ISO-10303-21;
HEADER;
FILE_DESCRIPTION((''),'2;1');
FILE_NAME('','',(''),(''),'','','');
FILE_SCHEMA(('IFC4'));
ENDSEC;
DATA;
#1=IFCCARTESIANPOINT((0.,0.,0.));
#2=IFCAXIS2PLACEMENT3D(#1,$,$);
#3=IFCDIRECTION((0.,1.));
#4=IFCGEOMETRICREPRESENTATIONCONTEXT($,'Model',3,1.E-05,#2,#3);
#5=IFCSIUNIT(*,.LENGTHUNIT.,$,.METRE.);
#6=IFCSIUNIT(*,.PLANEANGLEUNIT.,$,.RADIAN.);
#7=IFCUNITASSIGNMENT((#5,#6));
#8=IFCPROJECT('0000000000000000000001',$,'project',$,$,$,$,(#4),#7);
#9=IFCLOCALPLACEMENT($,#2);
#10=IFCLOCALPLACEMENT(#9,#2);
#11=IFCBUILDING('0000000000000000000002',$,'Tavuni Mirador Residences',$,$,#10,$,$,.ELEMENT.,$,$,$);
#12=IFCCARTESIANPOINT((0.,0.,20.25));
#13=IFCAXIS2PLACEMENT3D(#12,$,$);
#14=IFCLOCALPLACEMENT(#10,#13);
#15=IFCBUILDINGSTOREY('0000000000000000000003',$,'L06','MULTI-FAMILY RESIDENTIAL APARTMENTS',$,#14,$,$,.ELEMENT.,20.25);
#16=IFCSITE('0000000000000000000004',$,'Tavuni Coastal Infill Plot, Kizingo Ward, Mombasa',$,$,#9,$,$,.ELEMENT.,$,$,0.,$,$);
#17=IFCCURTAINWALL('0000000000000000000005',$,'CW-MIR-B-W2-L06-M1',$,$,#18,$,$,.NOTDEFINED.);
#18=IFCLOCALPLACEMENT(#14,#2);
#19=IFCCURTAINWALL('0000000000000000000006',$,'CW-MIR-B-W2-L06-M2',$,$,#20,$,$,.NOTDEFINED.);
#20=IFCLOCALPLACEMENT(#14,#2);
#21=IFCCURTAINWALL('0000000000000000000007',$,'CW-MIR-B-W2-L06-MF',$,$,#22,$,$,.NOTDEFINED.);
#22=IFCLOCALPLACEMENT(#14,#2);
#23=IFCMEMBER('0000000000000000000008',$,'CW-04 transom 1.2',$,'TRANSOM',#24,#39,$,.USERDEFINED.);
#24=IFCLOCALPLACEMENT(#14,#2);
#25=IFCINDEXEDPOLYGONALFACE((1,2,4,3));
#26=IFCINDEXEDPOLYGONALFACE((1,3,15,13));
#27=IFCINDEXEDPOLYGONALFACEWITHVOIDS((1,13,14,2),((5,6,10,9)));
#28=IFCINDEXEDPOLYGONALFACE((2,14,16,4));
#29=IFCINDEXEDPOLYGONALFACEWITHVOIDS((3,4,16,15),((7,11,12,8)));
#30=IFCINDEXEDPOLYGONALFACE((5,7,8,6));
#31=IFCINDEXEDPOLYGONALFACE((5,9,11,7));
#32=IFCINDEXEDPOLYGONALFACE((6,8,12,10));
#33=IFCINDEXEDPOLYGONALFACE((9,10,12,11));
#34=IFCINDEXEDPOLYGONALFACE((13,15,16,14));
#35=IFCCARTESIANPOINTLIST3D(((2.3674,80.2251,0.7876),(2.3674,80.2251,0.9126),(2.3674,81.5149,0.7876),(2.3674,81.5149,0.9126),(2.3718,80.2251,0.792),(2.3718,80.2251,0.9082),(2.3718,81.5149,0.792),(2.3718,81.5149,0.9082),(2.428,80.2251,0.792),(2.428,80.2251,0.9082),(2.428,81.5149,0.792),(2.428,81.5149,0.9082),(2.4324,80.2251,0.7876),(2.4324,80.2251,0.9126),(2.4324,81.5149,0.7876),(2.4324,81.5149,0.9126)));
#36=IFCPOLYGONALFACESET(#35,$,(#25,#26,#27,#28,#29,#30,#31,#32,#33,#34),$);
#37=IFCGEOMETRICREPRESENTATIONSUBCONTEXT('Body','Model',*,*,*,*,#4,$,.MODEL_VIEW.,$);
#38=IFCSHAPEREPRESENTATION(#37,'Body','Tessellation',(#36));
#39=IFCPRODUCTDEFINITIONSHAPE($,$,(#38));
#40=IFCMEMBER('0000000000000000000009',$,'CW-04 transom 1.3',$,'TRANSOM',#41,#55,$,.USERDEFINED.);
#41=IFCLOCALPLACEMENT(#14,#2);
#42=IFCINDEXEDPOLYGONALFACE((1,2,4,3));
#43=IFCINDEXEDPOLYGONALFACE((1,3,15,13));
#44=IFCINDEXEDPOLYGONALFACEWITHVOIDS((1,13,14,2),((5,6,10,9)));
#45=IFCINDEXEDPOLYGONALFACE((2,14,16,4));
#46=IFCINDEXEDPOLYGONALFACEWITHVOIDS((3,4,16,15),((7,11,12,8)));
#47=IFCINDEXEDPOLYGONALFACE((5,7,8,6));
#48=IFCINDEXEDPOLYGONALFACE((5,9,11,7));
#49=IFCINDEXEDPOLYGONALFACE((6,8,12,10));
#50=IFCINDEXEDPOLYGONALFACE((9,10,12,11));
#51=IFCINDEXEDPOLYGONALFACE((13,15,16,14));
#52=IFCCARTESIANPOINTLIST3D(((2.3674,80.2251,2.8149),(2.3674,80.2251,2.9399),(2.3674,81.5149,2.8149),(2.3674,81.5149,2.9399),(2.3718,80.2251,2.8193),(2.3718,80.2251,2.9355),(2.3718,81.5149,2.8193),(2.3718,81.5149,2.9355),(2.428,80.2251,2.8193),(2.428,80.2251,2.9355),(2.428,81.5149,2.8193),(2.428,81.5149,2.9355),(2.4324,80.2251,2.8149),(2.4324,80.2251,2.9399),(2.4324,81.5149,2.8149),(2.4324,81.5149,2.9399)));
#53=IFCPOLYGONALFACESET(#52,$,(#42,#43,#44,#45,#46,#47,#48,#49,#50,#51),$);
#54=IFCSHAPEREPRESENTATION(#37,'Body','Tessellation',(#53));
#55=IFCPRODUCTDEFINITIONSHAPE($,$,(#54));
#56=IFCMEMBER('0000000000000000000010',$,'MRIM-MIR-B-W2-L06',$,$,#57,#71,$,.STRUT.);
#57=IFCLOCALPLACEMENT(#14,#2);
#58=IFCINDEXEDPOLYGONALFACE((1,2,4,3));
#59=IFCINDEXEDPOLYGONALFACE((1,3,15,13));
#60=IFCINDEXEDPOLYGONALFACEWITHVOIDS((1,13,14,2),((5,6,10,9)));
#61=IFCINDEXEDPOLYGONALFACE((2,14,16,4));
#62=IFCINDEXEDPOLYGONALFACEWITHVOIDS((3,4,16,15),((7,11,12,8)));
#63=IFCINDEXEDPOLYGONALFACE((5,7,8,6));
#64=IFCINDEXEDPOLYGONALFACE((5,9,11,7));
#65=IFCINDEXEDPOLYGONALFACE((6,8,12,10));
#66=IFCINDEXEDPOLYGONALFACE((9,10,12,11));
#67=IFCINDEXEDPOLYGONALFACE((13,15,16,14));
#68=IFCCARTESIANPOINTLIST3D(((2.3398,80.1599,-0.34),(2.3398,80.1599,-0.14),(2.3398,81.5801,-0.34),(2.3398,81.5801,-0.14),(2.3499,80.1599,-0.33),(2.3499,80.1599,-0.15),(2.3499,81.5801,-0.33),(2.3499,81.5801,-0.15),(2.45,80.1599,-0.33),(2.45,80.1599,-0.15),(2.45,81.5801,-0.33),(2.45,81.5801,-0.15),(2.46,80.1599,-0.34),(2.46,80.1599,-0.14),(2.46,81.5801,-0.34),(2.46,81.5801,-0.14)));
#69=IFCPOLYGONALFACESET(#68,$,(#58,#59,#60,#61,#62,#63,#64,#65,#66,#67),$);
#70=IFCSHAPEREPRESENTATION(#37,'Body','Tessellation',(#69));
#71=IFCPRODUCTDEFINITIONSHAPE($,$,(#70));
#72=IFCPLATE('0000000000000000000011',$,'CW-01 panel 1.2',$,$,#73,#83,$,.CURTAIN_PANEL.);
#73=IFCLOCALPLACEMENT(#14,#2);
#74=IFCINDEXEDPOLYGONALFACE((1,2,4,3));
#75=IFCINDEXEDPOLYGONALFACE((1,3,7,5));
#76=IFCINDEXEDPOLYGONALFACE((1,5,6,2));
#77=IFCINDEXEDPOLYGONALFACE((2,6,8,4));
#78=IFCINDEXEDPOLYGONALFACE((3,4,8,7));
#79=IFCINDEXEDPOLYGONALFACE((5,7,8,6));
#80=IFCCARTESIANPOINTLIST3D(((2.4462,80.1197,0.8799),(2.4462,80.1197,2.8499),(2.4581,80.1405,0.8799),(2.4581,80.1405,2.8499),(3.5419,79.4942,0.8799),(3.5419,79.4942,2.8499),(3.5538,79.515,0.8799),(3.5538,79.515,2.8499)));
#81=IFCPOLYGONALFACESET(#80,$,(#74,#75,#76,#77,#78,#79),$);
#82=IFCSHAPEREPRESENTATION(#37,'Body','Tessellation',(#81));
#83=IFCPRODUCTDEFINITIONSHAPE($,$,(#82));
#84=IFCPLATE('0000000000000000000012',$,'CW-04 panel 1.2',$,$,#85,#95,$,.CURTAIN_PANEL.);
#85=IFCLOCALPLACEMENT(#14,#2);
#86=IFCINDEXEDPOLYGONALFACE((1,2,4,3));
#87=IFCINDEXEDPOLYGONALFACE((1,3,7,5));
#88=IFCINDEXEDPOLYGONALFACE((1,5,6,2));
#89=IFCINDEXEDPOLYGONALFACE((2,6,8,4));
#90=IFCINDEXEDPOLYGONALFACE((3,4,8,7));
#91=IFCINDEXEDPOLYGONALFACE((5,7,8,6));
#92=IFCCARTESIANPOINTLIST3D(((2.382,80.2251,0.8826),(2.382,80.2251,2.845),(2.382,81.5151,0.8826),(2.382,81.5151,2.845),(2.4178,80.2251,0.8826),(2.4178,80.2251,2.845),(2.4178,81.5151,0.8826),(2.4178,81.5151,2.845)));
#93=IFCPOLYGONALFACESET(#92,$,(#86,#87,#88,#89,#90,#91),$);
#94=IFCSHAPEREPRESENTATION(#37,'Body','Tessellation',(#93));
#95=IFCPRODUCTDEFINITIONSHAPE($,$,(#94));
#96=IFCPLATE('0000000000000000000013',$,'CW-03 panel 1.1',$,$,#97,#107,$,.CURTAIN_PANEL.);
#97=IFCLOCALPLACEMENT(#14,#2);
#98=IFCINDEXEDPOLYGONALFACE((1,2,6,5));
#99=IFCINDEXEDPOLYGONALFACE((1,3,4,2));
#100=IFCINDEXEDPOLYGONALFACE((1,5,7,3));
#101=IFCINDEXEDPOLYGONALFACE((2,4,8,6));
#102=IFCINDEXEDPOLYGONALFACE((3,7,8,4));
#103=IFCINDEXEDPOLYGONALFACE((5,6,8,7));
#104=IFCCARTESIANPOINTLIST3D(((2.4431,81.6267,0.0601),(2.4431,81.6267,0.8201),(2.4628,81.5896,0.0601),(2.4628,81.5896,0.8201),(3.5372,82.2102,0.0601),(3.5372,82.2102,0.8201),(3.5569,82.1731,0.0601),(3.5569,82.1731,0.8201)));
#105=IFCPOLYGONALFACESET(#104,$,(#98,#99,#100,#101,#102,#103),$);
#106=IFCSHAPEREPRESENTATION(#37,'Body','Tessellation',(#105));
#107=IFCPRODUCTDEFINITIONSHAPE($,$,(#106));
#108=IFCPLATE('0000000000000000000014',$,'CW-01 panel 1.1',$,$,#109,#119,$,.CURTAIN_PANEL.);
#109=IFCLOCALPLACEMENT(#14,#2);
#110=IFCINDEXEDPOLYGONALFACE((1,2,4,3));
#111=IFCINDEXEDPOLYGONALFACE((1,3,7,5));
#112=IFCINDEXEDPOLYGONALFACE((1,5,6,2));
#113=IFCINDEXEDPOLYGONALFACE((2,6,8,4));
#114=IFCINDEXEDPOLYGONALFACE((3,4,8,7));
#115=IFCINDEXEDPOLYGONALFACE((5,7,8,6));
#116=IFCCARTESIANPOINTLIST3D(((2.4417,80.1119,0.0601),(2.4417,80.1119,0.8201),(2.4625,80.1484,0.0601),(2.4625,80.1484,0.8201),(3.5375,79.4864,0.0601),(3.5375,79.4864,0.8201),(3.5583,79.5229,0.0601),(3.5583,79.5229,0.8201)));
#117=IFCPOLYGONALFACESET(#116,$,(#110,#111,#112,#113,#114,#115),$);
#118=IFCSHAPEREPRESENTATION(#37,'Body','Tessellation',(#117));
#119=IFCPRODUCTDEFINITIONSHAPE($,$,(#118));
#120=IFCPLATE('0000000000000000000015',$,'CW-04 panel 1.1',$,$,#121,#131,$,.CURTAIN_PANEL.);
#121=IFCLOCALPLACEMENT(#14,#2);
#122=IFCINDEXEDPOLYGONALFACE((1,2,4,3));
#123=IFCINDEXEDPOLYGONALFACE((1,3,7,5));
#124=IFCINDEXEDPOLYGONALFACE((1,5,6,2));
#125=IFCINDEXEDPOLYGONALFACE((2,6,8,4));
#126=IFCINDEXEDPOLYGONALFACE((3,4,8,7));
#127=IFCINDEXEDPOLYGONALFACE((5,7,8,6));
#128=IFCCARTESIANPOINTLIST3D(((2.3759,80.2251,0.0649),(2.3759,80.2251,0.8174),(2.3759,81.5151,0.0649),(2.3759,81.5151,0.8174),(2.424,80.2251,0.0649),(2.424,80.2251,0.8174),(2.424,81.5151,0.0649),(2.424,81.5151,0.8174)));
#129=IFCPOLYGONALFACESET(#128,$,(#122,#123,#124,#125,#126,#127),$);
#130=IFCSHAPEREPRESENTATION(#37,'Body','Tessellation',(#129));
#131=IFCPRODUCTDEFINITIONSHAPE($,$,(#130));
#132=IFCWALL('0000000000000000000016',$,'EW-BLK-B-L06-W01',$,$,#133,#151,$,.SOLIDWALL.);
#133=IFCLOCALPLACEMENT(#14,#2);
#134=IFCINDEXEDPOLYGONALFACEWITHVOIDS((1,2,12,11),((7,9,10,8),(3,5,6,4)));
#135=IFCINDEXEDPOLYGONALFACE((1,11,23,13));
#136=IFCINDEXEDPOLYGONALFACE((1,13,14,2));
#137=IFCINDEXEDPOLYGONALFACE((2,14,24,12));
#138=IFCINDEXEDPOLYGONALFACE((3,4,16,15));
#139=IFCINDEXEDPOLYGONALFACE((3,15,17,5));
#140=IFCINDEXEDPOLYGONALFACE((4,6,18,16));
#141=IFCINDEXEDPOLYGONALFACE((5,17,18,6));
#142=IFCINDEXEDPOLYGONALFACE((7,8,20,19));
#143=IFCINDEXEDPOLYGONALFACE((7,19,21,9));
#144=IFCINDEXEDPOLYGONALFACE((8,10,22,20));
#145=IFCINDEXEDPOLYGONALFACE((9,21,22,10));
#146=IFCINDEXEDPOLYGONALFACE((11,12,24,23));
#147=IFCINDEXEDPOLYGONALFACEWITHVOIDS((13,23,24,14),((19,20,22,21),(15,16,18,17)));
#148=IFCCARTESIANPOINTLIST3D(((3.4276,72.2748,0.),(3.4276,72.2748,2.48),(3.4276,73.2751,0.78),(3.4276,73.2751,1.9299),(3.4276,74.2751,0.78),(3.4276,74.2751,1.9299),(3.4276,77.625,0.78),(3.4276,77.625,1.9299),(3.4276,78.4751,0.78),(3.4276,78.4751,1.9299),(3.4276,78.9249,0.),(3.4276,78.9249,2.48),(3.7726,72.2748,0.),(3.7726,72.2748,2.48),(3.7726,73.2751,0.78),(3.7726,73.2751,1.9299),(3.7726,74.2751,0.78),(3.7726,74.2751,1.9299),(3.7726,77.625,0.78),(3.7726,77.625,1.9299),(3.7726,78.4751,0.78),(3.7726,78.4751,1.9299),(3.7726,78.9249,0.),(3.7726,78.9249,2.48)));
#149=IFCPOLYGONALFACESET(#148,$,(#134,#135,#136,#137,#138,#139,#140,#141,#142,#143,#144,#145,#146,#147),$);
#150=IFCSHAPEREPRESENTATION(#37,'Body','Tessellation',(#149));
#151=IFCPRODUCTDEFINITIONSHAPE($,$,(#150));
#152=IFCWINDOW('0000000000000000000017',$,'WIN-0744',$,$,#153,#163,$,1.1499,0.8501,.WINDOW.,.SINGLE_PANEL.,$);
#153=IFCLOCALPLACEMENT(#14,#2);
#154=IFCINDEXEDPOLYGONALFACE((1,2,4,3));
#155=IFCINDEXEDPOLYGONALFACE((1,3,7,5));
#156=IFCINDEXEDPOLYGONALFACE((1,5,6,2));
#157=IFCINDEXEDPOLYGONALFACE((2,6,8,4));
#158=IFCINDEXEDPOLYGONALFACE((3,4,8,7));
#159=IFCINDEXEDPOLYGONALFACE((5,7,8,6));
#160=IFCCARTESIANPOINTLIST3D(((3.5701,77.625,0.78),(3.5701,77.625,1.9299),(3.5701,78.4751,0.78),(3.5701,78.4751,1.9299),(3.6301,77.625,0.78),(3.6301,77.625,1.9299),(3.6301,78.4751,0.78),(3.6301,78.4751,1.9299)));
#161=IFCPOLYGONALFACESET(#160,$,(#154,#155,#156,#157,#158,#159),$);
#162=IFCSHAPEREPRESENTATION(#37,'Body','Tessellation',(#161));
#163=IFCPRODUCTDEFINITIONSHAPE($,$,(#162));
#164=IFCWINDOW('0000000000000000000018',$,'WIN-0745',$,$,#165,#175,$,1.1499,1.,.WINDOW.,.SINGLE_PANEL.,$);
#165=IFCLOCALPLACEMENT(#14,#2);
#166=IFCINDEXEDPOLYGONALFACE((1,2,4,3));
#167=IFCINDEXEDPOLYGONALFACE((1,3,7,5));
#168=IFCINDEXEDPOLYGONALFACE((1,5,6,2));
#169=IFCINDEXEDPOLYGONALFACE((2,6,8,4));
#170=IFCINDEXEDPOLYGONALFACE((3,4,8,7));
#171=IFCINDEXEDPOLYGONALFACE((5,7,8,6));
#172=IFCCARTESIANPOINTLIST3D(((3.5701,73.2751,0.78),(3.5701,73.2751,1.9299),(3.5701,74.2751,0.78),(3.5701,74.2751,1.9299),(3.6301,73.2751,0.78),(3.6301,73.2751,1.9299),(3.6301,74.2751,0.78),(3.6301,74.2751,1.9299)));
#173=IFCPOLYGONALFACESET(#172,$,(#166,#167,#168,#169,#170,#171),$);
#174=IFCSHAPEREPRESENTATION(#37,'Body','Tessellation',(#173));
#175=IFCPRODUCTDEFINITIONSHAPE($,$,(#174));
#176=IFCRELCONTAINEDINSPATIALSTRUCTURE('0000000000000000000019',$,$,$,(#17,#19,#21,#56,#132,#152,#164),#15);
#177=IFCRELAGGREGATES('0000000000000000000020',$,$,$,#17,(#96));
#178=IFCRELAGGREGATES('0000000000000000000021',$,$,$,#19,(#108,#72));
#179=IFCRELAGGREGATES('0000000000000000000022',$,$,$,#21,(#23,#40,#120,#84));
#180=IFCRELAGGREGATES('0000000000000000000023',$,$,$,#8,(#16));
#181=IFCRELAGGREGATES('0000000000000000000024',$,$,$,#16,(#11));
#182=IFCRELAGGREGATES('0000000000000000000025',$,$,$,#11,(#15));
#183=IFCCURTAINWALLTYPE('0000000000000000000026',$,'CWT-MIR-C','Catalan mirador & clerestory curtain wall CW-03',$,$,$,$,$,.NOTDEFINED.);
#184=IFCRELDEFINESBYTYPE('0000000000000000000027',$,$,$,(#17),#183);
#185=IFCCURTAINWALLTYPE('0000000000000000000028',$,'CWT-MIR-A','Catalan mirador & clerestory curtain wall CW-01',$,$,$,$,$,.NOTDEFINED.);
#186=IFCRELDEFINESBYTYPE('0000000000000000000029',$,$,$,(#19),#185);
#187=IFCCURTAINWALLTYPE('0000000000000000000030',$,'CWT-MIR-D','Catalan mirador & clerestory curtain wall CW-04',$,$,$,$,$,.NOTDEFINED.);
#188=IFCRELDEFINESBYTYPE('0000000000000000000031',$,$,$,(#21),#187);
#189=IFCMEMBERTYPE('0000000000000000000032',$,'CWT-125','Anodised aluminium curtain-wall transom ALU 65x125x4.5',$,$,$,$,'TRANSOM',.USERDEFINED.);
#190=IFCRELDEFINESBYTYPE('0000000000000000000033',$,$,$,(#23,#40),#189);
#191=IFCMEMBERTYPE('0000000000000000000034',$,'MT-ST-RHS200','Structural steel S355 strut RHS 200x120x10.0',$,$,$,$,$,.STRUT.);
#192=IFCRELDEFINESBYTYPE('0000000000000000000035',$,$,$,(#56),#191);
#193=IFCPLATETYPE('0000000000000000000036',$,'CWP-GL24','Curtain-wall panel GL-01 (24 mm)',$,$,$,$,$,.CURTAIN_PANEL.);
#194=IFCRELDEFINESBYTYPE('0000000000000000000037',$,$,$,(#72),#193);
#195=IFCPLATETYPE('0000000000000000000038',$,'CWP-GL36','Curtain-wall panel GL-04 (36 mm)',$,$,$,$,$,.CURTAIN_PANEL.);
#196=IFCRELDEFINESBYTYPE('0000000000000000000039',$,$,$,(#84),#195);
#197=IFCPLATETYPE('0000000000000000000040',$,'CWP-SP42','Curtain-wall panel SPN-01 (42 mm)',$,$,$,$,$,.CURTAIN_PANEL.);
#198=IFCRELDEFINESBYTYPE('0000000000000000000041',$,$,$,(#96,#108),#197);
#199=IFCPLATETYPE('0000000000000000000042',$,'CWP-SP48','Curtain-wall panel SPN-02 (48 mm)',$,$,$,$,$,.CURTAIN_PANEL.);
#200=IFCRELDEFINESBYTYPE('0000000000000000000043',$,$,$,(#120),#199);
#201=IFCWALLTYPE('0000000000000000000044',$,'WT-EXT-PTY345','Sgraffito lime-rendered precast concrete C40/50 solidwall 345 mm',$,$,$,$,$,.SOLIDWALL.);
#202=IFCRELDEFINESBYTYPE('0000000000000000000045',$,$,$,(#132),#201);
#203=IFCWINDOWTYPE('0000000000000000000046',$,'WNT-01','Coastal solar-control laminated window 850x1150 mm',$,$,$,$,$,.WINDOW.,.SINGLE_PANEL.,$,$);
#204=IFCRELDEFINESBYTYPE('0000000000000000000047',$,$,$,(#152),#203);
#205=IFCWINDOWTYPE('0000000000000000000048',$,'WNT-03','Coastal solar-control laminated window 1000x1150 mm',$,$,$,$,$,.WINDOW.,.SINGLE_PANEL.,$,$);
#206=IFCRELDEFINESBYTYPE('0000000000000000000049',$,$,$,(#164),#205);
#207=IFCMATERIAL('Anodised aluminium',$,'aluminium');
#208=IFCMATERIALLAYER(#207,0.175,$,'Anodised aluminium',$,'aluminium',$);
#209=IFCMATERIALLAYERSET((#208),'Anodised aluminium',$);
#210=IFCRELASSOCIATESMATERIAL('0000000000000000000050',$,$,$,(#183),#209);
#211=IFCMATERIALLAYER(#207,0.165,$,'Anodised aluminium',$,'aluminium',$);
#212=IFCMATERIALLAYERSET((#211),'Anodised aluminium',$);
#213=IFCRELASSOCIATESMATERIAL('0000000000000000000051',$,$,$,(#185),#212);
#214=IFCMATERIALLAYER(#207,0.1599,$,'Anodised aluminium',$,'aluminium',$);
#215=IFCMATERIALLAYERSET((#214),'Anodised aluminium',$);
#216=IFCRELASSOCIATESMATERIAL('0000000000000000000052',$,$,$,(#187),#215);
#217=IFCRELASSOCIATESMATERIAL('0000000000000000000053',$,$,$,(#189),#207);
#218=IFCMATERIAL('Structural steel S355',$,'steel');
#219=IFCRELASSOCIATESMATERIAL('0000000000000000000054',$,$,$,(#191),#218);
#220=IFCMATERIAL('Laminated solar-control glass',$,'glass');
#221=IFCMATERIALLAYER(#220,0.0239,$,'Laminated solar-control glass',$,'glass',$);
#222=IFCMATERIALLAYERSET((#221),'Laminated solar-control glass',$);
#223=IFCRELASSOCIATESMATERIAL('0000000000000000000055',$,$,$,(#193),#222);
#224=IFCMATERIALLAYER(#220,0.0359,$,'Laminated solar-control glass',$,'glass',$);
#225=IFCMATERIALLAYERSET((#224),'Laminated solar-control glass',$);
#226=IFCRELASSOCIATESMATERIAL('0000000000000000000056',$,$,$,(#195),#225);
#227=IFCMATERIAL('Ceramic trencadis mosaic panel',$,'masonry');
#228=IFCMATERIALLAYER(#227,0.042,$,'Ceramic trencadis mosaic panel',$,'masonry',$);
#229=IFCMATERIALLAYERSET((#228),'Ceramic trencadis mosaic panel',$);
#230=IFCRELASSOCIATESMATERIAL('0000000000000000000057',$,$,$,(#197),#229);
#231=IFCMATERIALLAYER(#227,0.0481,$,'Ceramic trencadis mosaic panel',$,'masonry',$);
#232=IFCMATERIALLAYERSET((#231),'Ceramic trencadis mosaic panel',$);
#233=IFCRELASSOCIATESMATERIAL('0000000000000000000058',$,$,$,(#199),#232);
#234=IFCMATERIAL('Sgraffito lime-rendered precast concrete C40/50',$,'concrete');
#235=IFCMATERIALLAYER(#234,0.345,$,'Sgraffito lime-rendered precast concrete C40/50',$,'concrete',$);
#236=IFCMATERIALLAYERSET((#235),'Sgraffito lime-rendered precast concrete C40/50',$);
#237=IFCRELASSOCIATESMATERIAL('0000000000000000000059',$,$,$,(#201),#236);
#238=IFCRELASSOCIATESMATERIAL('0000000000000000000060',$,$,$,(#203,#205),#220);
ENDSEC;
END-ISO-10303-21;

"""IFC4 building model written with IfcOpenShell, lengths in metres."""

from ifc_helpers import new_model, si_unit, direction, frame, frame_2d, origin, origin_2d, place, context, subcontext, project, spatial, rectangle, hollow_rectangle, extrude, material, layer, layer_set, material_profile, profile_set, type_object, element, fill, aggregate, save


model = new_model("IFC4")

# Units and contexts
model_context = context("Model", 3, precision=1e-05, world=origin(), true_north=direction((0.0, 1.0)))
body_context = subcontext(model_context, "Body", "Model", "MODEL_VIEW")
ifc_project = project(units=[si_unit("LENGTHUNIT", "METRE"), si_unit("PLANEANGLEUNIT", "RADIAN")], contexts=[model_context])

# Site, building, storey
site_placement = place(None, origin())
site = spatial("IfcSite", under=ifc_project, at=site_placement, Name="Tavuni Coastal Infill Plot, Kizingo Ward, Mombasa", CompositionType="ELEMENT", RefElevation=0.0)
building_placement = place(site_placement, origin())
building = spatial("IfcBuilding", under=site, at=building_placement, Name="Tavuni Mirador Residences", CompositionType="ELEMENT")
storey_placement = place(building_placement, frame((0.0, 0.0, 20.25)))
storey = spatial("IfcBuildingStorey", under=building, at=storey_placement, Name="L06", Description="MULTI-FAMILY RESIDENTIAL APARTMENTS", CompositionType="ELEMENT", Elevation=20.25)

# Curtain wall
ifc_material_1 = material(Name="Anodised aluminium", Category="aluminium")
ifc_layer_1 = layer(ifc_material_1, 0.175, Name="Anodised aluminium", Category="aluminium")
ifc_layer_set_1 = layer_set([ifc_layer_1], Name="Anodised aluminium")
curtain_wall_type_1 = type_object("IfcCurtainWallType", Name="CWT-MIR-C", Description="Catalan mirador & clerestory curtain wall CW-03", PredefinedType="NOTDEFINED", material=ifc_layer_set_1)
curtain_wall_1_placement = place(storey_placement, origin())
curtain_wall_1 = element("IfcCurtainWall", 1, at=curtain_wall_1_placement, inside=storey, type_object=curtain_wall_type_1, Name="CW-MIR-B-W2-L06-M1", PredefinedType="NOTDEFINED")

# Curtain walls
ifc_layer_2 = layer(ifc_material_1, 0.165, Name="Anodised aluminium", Category="aluminium")
ifc_layer_set_2 = layer_set([ifc_layer_2], Name="Anodised aluminium")
curtain_wall_type_2 = type_object("IfcCurtainWallType", Name="CWT-MIR-A", Description="Catalan mirador & clerestory curtain wall CW-01", PredefinedType="NOTDEFINED", material=ifc_layer_set_2)
curtain_wall_2_placement = place(storey_placement, origin())
curtain_wall_2 = element("IfcCurtainWall", 2, at=curtain_wall_2_placement, inside=storey, type_object=curtain_wall_type_2, Name="CW-MIR-B-W2-L06-M2", PredefinedType="NOTDEFINED")
ifc_layer_3 = layer(ifc_material_1, 0.1599, Name="Anodised aluminium", Category="aluminium")
ifc_layer_set_3 = layer_set([ifc_layer_3], Name="Anodised aluminium")
curtain_wall_type_3 = type_object("IfcCurtainWallType", Name="CWT-MIR-D", Description="Catalan mirador & clerestory curtain wall CW-04", PredefinedType="NOTDEFINED", material=ifc_layer_set_3)
curtain_wall_3_placement = place(storey_placement, origin())
curtain_wall_3 = element("IfcCurtainWall", 3, at=curtain_wall_3_placement, inside=storey, type_object=curtain_wall_type_3, Name="CW-MIR-B-W2-L06-MF", PredefinedType="NOTDEFINED")

# Members
ifc_material_profile_1 = material_profile(ifc_material_1, hollow_rectangle(XDim=0.0649, YDim=0.125, WallThickness=0.0044, at=origin_2d()), Name="ALU 65x125x4.5", Category="aluminium")
ifc_profile_set_1 = profile_set([ifc_material_profile_1], Name="Anodised aluminium")
member_type_1 = type_object("IfcMemberType", Name="CWT-125", Description="Anodised aluminium curtain-wall transom ALU 65x125x4.5", ElementType="TRANSOM", PredefinedType="USERDEFINED", material=ifc_profile_set_1)
member_1_placement = place(storey_placement, frame((2.3999, 81.5149, 0.8501), z_axis=(0.0, -1.0, 0.0), x_axis=(1.0, 0.0, 0.0)))
member_1 = element("IfcMember", 4, at=member_1_placement, type_object=member_type_1, Name="CW-04 transom 1.2", ObjectType="TRANSOM", PredefinedType="USERDEFINED", context=body_context, shape_type="SweptSolid", body=[
    extrude(hollow_rectangle(XDim=0.0649, YDim=0.125, WallThickness=0.0044, at=origin_2d()), origin(), (0.0, 0.0, 1.0), 1.2898),
])
member_2_placement = place(storey_placement, frame((2.3999, 81.5149, 2.8774), z_axis=(0.0, -1.0, 0.0), x_axis=(1.0, 0.0, 0.0)))
member_2 = element("IfcMember", 5, at=member_2_placement, type_object=member_type_1, Name="CW-04 transom 1.3", ObjectType="TRANSOM", PredefinedType="USERDEFINED", context=body_context, shape_type="SweptSolid", body=[
    extrude(hollow_rectangle(XDim=0.0649, YDim=0.125, WallThickness=0.0044, at=origin_2d()), origin(), (0.0, 0.0, 1.0), 1.2898),
])
ifc_material_2 = material(Name="Structural steel S355", Category="steel")
ifc_material_profile_2 = material_profile(ifc_material_2, hollow_rectangle(XDim=0.1201, YDim=0.2, WallThickness=0.01, at=origin_2d()), Name="RHS 200x120x10.0", Category="steel")
ifc_profile_set_2 = profile_set([ifc_material_profile_2], Name="Structural steel S355")
member_type_2 = type_object("IfcMemberType", Name="MT-ST-RHS200", Description="Structural steel S355 strut RHS 200x120x10.0", PredefinedType="STRUT", material=ifc_profile_set_2)
member_3_placement = place(storey_placement, frame((2.3999, 80.1599, -0.24), z_axis=(0.0, 1.0, 0.0), x_axis=(-1.0, 0.0, 0.0)))
element("IfcMember", 6, at=member_3_placement, inside=storey, type_object=member_type_2, Name="MRIM-MIR-B-W2-L06", PredefinedType="STRUT", context=body_context, shape_type="SweptSolid", body=[
    extrude(hollow_rectangle(XDim=0.1201, YDim=0.2, WallThickness=0.01, at=origin_2d()), origin(), (0.0, 0.0, 1.0), 1.4202),
])

# Plates
ifc_material_3 = material(Name="Laminated solar-control glass", Category="glass")
ifc_layer_4 = layer(ifc_material_3, 0.0239, Name="Laminated solar-control glass", Category="glass")
ifc_layer_set_4 = layer_set([ifc_layer_4], Name="Laminated solar-control glass")
plate_type_1 = type_object("IfcPlateType", Name="CWP-GL24", Description="Curtain-wall panel GL-01 (24 mm)", PredefinedType="CURTAIN_PANEL", material=ifc_layer_set_4)
plate_1_placement = place(storey_placement, frame((3.0, 79.8174, 0.8799), z_axis=(0.0, 0.0, 1.0), x_axis=(0.868466, -0.495749, 0.0)))
plate_1 = element("IfcPlate", 7, at=plate_1_placement, type_object=plate_type_1, Name="CW-01 panel 1.2", PredefinedType="CURTAIN_PANEL", context=body_context, shape_type="SweptSolid", body=[
    extrude(rectangle(XDim=1.2617, YDim=0.0239, at=origin_2d()), origin(), (0.0, 0.0, 1.0), 1.97),
])
ifc_layer_5 = layer(ifc_material_3, 0.0359, Name="Laminated solar-control glass", Category="glass")
ifc_layer_set_5 = layer_set([ifc_layer_5], Name="Laminated solar-control glass")
plate_type_2 = type_object("IfcPlateType", Name="CWP-GL36", Description="Curtain-wall panel GL-04 (36 mm)", PredefinedType="CURTAIN_PANEL", material=ifc_layer_set_5)
plate_2_placement = place(storey_placement, frame((2.3999, 80.8701, 0.8826), z_axis=(0.0, 0.0, 1.0), x_axis=(0.0, -1.0, 0.0)))
plate_2 = element("IfcPlate", 8, at=plate_2_placement, type_object=plate_type_2, Name="CW-04 panel 1.2", PredefinedType="CURTAIN_PANEL", context=body_context, shape_type="SweptSolid", body=[
    extrude(rectangle(XDim=1.29, YDim=0.0359, at=origin_2d()), origin(), (0.0, 0.0, 1.0), 1.9624),
])
ifc_material_4 = material(Name="Ceramic trencadis mosaic panel", Category="masonry")
ifc_layer_6 = layer(ifc_material_4, 0.042, Name="Ceramic trencadis mosaic panel", Category="masonry")
ifc_layer_set_6 = layer_set([ifc_layer_6], Name="Ceramic trencadis mosaic panel")
plate_type_3 = type_object("IfcPlateType", Name="CWP-SP42", Description="Curtain-wall panel SPN-01 (42 mm)", PredefinedType="CURTAIN_PANEL", material=ifc_layer_set_6)
plate_3_placement = place(storey_placement, frame((3.0, 81.8999, 0.0601), z_axis=(0.0, 0.0, 1.0), x_axis=(-0.882353, -0.470588, 0.0)))
plate_3 = element("IfcPlate", 9, at=plate_3_placement, type_object=plate_type_3, Name="CW-03 panel 1.1", PredefinedType="CURTAIN_PANEL", context=body_context, shape_type="SweptSolid", body=[
    extrude(rectangle(XDim=1.24, YDim=0.042, at=origin_2d()), origin(), (0.0, 0.0, 1.0), 0.76),
])
aggregate(curtain_wall_1, [plate_3])
plate_4_placement = place(storey_placement, frame((3.0, 79.8174, 0.0601), z_axis=(0.0, 0.0, 1.0), x_axis=(0.868466, -0.495749, 0.0)))
plate_4 = element("IfcPlate", 10, at=plate_4_placement, type_object=plate_type_3, Name="CW-01 panel 1.1", PredefinedType="CURTAIN_PANEL", context=body_context, shape_type="SweptSolid", body=[
    extrude(rectangle(XDim=1.2617, YDim=0.042, at=origin_2d()), origin(), (0.0, 0.0, 1.0), 0.76),
])
aggregate(curtain_wall_2, [plate_4, plate_1])
ifc_layer_7 = layer(ifc_material_4, 0.0481, Name="Ceramic trencadis mosaic panel", Category="masonry")
ifc_layer_set_7 = layer_set([ifc_layer_7], Name="Ceramic trencadis mosaic panel")
plate_type_4 = type_object("IfcPlateType", Name="CWP-SP48", Description="Curtain-wall panel SPN-02 (48 mm)", PredefinedType="CURTAIN_PANEL", material=ifc_layer_set_7)
plate_5_placement = place(storey_placement, frame((2.3999, 80.8701, 0.0649), z_axis=(0.0, 0.0, 1.0), x_axis=(0.0, -1.0, 0.0)))
plate_5 = element("IfcPlate", 11, at=plate_5_placement, type_object=plate_type_4, Name="CW-04 panel 1.1", PredefinedType="CURTAIN_PANEL", context=body_context, shape_type="SweptSolid", body=[
    extrude(rectangle(XDim=1.29, YDim=0.0481, at=origin_2d()), origin(), (0.0, 0.0, 1.0), 0.7524),
])
aggregate(curtain_wall_3, [member_1, member_2, plate_5, plate_2])

# Wall, openings, windows
ifc_material_5 = material(Name="Sgraffito lime-rendered precast concrete C40/50", Category="concrete")
ifc_layer_8 = layer(ifc_material_5, 0.345, Name="Sgraffito lime-rendered precast concrete C40/50", Category="concrete")
ifc_layer_set_8 = layer_set([ifc_layer_8], Name="Sgraffito lime-rendered precast concrete C40/50")
wall_type = type_object("IfcWallType", Name="WT-EXT-PTY345", Description="Sgraffito lime-rendered precast concrete C40/50 solidwall 345 mm", PredefinedType="SOLIDWALL", material=ifc_layer_set_8)
wall_placement = place(storey_placement, frame((3.6001, 78.925, 0.0), z_axis=(0.0, 0.0, 1.0), x_axis=(0.0, -1.0, 0.0)))
wall = element("IfcWall", 12, at=wall_placement, inside=storey, type_object=wall_type, Name="EW-BLK-B-L06-W01", PredefinedType="SOLIDWALL", context=body_context, shape_type="SweptSolid", body=[
    extrude(rectangle(XDim=6.6501, YDim=0.345, at=frame_2d((3.3252, 0.0))), origin(), (0.0, 0.0, 1.0), 2.48),
])
opening_1_placement = place(wall_placement, frame((0.45, 0.0, 0.78)))
opening_1 = element("IfcOpeningElement", 13, at=opening_1_placement, cuts=wall, PredefinedType="OPENING", context=body_context, shape_type="SweptSolid", body=[
    extrude(rectangle(XDim=0.8501, YDim=1.1499, at=frame_2d((0.425, 0.575))), frame((0.0, 0.1826, 0.0), z_axis=(0.0, -1.0, 0.0), x_axis=(1.0, 0.0, 0.0)), (0.0, 0.0, 1.0), 0.365),
])
opening_2_placement = place(wall_placement, frame((4.6499, 0.0, 0.78)))
opening_2 = element("IfcOpeningElement", 14, at=opening_2_placement, cuts=wall, PredefinedType="OPENING", context=body_context, shape_type="SweptSolid", body=[
    extrude(rectangle(XDim=1.0, YDim=1.1499, at=frame_2d((0.5, 0.575))), frame((0.0, 0.1826, 0.0), z_axis=(0.0, -1.0, 0.0), x_axis=(1.0, 0.0, 0.0)), (0.0, 0.0, 1.0), 0.365),
])
window_type_1 = type_object("IfcWindowType", Name="WNT-01", Description="Coastal solar-control laminated window 850x1150 mm", PartitioningType="SINGLE_PANEL", PredefinedType="WINDOW", material=ifc_material_3)
window_1_placement = place(opening_1_placement, origin())
window_1 = element("IfcWindow", 15, at=window_1_placement, inside=storey, type_object=window_type_1, Name="WIN-0744", OverallHeight=1.1499, OverallWidth=0.8501, PartitioningType="SINGLE_PANEL", PredefinedType="WINDOW", context=body_context, shape_type="SweptSolid", body=[
    extrude(rectangle(XDim=0.8501, YDim=1.1499, at=frame_2d((0.425, 0.575))), frame((0.0, 0.03, 0.0), z_axis=(0.0, -1.0, 0.0), x_axis=(1.0, 0.0, 0.0)), (0.0, 0.0, 1.0), 0.0601),
])
fill(opening_1, window_1)
window_type_2 = type_object("IfcWindowType", Name="WNT-03", Description="Coastal solar-control laminated window 1000x1150 mm", PartitioningType="SINGLE_PANEL", PredefinedType="WINDOW", material=ifc_material_3)
window_2_placement = place(opening_2_placement, origin())
window_2 = element("IfcWindow", 16, at=window_2_placement, inside=storey, type_object=window_type_2, Name="WIN-0745", OverallHeight=1.1499, OverallWidth=1.0, PartitioningType="SINGLE_PANEL", PredefinedType="WINDOW", context=body_context, shape_type="SweptSolid", body=[
    extrude(rectangle(XDim=1.0, YDim=1.1499, at=frame_2d((0.5, 0.575))), frame((0.0, 0.03, 0.0), z_axis=(0.0, -1.0, 0.0), x_axis=(1.0, 0.0, 0.0)), (0.0, 0.0, 1.0), 0.0601),
])
fill(opening_2, window_2)

save(model, "model.ifc")
